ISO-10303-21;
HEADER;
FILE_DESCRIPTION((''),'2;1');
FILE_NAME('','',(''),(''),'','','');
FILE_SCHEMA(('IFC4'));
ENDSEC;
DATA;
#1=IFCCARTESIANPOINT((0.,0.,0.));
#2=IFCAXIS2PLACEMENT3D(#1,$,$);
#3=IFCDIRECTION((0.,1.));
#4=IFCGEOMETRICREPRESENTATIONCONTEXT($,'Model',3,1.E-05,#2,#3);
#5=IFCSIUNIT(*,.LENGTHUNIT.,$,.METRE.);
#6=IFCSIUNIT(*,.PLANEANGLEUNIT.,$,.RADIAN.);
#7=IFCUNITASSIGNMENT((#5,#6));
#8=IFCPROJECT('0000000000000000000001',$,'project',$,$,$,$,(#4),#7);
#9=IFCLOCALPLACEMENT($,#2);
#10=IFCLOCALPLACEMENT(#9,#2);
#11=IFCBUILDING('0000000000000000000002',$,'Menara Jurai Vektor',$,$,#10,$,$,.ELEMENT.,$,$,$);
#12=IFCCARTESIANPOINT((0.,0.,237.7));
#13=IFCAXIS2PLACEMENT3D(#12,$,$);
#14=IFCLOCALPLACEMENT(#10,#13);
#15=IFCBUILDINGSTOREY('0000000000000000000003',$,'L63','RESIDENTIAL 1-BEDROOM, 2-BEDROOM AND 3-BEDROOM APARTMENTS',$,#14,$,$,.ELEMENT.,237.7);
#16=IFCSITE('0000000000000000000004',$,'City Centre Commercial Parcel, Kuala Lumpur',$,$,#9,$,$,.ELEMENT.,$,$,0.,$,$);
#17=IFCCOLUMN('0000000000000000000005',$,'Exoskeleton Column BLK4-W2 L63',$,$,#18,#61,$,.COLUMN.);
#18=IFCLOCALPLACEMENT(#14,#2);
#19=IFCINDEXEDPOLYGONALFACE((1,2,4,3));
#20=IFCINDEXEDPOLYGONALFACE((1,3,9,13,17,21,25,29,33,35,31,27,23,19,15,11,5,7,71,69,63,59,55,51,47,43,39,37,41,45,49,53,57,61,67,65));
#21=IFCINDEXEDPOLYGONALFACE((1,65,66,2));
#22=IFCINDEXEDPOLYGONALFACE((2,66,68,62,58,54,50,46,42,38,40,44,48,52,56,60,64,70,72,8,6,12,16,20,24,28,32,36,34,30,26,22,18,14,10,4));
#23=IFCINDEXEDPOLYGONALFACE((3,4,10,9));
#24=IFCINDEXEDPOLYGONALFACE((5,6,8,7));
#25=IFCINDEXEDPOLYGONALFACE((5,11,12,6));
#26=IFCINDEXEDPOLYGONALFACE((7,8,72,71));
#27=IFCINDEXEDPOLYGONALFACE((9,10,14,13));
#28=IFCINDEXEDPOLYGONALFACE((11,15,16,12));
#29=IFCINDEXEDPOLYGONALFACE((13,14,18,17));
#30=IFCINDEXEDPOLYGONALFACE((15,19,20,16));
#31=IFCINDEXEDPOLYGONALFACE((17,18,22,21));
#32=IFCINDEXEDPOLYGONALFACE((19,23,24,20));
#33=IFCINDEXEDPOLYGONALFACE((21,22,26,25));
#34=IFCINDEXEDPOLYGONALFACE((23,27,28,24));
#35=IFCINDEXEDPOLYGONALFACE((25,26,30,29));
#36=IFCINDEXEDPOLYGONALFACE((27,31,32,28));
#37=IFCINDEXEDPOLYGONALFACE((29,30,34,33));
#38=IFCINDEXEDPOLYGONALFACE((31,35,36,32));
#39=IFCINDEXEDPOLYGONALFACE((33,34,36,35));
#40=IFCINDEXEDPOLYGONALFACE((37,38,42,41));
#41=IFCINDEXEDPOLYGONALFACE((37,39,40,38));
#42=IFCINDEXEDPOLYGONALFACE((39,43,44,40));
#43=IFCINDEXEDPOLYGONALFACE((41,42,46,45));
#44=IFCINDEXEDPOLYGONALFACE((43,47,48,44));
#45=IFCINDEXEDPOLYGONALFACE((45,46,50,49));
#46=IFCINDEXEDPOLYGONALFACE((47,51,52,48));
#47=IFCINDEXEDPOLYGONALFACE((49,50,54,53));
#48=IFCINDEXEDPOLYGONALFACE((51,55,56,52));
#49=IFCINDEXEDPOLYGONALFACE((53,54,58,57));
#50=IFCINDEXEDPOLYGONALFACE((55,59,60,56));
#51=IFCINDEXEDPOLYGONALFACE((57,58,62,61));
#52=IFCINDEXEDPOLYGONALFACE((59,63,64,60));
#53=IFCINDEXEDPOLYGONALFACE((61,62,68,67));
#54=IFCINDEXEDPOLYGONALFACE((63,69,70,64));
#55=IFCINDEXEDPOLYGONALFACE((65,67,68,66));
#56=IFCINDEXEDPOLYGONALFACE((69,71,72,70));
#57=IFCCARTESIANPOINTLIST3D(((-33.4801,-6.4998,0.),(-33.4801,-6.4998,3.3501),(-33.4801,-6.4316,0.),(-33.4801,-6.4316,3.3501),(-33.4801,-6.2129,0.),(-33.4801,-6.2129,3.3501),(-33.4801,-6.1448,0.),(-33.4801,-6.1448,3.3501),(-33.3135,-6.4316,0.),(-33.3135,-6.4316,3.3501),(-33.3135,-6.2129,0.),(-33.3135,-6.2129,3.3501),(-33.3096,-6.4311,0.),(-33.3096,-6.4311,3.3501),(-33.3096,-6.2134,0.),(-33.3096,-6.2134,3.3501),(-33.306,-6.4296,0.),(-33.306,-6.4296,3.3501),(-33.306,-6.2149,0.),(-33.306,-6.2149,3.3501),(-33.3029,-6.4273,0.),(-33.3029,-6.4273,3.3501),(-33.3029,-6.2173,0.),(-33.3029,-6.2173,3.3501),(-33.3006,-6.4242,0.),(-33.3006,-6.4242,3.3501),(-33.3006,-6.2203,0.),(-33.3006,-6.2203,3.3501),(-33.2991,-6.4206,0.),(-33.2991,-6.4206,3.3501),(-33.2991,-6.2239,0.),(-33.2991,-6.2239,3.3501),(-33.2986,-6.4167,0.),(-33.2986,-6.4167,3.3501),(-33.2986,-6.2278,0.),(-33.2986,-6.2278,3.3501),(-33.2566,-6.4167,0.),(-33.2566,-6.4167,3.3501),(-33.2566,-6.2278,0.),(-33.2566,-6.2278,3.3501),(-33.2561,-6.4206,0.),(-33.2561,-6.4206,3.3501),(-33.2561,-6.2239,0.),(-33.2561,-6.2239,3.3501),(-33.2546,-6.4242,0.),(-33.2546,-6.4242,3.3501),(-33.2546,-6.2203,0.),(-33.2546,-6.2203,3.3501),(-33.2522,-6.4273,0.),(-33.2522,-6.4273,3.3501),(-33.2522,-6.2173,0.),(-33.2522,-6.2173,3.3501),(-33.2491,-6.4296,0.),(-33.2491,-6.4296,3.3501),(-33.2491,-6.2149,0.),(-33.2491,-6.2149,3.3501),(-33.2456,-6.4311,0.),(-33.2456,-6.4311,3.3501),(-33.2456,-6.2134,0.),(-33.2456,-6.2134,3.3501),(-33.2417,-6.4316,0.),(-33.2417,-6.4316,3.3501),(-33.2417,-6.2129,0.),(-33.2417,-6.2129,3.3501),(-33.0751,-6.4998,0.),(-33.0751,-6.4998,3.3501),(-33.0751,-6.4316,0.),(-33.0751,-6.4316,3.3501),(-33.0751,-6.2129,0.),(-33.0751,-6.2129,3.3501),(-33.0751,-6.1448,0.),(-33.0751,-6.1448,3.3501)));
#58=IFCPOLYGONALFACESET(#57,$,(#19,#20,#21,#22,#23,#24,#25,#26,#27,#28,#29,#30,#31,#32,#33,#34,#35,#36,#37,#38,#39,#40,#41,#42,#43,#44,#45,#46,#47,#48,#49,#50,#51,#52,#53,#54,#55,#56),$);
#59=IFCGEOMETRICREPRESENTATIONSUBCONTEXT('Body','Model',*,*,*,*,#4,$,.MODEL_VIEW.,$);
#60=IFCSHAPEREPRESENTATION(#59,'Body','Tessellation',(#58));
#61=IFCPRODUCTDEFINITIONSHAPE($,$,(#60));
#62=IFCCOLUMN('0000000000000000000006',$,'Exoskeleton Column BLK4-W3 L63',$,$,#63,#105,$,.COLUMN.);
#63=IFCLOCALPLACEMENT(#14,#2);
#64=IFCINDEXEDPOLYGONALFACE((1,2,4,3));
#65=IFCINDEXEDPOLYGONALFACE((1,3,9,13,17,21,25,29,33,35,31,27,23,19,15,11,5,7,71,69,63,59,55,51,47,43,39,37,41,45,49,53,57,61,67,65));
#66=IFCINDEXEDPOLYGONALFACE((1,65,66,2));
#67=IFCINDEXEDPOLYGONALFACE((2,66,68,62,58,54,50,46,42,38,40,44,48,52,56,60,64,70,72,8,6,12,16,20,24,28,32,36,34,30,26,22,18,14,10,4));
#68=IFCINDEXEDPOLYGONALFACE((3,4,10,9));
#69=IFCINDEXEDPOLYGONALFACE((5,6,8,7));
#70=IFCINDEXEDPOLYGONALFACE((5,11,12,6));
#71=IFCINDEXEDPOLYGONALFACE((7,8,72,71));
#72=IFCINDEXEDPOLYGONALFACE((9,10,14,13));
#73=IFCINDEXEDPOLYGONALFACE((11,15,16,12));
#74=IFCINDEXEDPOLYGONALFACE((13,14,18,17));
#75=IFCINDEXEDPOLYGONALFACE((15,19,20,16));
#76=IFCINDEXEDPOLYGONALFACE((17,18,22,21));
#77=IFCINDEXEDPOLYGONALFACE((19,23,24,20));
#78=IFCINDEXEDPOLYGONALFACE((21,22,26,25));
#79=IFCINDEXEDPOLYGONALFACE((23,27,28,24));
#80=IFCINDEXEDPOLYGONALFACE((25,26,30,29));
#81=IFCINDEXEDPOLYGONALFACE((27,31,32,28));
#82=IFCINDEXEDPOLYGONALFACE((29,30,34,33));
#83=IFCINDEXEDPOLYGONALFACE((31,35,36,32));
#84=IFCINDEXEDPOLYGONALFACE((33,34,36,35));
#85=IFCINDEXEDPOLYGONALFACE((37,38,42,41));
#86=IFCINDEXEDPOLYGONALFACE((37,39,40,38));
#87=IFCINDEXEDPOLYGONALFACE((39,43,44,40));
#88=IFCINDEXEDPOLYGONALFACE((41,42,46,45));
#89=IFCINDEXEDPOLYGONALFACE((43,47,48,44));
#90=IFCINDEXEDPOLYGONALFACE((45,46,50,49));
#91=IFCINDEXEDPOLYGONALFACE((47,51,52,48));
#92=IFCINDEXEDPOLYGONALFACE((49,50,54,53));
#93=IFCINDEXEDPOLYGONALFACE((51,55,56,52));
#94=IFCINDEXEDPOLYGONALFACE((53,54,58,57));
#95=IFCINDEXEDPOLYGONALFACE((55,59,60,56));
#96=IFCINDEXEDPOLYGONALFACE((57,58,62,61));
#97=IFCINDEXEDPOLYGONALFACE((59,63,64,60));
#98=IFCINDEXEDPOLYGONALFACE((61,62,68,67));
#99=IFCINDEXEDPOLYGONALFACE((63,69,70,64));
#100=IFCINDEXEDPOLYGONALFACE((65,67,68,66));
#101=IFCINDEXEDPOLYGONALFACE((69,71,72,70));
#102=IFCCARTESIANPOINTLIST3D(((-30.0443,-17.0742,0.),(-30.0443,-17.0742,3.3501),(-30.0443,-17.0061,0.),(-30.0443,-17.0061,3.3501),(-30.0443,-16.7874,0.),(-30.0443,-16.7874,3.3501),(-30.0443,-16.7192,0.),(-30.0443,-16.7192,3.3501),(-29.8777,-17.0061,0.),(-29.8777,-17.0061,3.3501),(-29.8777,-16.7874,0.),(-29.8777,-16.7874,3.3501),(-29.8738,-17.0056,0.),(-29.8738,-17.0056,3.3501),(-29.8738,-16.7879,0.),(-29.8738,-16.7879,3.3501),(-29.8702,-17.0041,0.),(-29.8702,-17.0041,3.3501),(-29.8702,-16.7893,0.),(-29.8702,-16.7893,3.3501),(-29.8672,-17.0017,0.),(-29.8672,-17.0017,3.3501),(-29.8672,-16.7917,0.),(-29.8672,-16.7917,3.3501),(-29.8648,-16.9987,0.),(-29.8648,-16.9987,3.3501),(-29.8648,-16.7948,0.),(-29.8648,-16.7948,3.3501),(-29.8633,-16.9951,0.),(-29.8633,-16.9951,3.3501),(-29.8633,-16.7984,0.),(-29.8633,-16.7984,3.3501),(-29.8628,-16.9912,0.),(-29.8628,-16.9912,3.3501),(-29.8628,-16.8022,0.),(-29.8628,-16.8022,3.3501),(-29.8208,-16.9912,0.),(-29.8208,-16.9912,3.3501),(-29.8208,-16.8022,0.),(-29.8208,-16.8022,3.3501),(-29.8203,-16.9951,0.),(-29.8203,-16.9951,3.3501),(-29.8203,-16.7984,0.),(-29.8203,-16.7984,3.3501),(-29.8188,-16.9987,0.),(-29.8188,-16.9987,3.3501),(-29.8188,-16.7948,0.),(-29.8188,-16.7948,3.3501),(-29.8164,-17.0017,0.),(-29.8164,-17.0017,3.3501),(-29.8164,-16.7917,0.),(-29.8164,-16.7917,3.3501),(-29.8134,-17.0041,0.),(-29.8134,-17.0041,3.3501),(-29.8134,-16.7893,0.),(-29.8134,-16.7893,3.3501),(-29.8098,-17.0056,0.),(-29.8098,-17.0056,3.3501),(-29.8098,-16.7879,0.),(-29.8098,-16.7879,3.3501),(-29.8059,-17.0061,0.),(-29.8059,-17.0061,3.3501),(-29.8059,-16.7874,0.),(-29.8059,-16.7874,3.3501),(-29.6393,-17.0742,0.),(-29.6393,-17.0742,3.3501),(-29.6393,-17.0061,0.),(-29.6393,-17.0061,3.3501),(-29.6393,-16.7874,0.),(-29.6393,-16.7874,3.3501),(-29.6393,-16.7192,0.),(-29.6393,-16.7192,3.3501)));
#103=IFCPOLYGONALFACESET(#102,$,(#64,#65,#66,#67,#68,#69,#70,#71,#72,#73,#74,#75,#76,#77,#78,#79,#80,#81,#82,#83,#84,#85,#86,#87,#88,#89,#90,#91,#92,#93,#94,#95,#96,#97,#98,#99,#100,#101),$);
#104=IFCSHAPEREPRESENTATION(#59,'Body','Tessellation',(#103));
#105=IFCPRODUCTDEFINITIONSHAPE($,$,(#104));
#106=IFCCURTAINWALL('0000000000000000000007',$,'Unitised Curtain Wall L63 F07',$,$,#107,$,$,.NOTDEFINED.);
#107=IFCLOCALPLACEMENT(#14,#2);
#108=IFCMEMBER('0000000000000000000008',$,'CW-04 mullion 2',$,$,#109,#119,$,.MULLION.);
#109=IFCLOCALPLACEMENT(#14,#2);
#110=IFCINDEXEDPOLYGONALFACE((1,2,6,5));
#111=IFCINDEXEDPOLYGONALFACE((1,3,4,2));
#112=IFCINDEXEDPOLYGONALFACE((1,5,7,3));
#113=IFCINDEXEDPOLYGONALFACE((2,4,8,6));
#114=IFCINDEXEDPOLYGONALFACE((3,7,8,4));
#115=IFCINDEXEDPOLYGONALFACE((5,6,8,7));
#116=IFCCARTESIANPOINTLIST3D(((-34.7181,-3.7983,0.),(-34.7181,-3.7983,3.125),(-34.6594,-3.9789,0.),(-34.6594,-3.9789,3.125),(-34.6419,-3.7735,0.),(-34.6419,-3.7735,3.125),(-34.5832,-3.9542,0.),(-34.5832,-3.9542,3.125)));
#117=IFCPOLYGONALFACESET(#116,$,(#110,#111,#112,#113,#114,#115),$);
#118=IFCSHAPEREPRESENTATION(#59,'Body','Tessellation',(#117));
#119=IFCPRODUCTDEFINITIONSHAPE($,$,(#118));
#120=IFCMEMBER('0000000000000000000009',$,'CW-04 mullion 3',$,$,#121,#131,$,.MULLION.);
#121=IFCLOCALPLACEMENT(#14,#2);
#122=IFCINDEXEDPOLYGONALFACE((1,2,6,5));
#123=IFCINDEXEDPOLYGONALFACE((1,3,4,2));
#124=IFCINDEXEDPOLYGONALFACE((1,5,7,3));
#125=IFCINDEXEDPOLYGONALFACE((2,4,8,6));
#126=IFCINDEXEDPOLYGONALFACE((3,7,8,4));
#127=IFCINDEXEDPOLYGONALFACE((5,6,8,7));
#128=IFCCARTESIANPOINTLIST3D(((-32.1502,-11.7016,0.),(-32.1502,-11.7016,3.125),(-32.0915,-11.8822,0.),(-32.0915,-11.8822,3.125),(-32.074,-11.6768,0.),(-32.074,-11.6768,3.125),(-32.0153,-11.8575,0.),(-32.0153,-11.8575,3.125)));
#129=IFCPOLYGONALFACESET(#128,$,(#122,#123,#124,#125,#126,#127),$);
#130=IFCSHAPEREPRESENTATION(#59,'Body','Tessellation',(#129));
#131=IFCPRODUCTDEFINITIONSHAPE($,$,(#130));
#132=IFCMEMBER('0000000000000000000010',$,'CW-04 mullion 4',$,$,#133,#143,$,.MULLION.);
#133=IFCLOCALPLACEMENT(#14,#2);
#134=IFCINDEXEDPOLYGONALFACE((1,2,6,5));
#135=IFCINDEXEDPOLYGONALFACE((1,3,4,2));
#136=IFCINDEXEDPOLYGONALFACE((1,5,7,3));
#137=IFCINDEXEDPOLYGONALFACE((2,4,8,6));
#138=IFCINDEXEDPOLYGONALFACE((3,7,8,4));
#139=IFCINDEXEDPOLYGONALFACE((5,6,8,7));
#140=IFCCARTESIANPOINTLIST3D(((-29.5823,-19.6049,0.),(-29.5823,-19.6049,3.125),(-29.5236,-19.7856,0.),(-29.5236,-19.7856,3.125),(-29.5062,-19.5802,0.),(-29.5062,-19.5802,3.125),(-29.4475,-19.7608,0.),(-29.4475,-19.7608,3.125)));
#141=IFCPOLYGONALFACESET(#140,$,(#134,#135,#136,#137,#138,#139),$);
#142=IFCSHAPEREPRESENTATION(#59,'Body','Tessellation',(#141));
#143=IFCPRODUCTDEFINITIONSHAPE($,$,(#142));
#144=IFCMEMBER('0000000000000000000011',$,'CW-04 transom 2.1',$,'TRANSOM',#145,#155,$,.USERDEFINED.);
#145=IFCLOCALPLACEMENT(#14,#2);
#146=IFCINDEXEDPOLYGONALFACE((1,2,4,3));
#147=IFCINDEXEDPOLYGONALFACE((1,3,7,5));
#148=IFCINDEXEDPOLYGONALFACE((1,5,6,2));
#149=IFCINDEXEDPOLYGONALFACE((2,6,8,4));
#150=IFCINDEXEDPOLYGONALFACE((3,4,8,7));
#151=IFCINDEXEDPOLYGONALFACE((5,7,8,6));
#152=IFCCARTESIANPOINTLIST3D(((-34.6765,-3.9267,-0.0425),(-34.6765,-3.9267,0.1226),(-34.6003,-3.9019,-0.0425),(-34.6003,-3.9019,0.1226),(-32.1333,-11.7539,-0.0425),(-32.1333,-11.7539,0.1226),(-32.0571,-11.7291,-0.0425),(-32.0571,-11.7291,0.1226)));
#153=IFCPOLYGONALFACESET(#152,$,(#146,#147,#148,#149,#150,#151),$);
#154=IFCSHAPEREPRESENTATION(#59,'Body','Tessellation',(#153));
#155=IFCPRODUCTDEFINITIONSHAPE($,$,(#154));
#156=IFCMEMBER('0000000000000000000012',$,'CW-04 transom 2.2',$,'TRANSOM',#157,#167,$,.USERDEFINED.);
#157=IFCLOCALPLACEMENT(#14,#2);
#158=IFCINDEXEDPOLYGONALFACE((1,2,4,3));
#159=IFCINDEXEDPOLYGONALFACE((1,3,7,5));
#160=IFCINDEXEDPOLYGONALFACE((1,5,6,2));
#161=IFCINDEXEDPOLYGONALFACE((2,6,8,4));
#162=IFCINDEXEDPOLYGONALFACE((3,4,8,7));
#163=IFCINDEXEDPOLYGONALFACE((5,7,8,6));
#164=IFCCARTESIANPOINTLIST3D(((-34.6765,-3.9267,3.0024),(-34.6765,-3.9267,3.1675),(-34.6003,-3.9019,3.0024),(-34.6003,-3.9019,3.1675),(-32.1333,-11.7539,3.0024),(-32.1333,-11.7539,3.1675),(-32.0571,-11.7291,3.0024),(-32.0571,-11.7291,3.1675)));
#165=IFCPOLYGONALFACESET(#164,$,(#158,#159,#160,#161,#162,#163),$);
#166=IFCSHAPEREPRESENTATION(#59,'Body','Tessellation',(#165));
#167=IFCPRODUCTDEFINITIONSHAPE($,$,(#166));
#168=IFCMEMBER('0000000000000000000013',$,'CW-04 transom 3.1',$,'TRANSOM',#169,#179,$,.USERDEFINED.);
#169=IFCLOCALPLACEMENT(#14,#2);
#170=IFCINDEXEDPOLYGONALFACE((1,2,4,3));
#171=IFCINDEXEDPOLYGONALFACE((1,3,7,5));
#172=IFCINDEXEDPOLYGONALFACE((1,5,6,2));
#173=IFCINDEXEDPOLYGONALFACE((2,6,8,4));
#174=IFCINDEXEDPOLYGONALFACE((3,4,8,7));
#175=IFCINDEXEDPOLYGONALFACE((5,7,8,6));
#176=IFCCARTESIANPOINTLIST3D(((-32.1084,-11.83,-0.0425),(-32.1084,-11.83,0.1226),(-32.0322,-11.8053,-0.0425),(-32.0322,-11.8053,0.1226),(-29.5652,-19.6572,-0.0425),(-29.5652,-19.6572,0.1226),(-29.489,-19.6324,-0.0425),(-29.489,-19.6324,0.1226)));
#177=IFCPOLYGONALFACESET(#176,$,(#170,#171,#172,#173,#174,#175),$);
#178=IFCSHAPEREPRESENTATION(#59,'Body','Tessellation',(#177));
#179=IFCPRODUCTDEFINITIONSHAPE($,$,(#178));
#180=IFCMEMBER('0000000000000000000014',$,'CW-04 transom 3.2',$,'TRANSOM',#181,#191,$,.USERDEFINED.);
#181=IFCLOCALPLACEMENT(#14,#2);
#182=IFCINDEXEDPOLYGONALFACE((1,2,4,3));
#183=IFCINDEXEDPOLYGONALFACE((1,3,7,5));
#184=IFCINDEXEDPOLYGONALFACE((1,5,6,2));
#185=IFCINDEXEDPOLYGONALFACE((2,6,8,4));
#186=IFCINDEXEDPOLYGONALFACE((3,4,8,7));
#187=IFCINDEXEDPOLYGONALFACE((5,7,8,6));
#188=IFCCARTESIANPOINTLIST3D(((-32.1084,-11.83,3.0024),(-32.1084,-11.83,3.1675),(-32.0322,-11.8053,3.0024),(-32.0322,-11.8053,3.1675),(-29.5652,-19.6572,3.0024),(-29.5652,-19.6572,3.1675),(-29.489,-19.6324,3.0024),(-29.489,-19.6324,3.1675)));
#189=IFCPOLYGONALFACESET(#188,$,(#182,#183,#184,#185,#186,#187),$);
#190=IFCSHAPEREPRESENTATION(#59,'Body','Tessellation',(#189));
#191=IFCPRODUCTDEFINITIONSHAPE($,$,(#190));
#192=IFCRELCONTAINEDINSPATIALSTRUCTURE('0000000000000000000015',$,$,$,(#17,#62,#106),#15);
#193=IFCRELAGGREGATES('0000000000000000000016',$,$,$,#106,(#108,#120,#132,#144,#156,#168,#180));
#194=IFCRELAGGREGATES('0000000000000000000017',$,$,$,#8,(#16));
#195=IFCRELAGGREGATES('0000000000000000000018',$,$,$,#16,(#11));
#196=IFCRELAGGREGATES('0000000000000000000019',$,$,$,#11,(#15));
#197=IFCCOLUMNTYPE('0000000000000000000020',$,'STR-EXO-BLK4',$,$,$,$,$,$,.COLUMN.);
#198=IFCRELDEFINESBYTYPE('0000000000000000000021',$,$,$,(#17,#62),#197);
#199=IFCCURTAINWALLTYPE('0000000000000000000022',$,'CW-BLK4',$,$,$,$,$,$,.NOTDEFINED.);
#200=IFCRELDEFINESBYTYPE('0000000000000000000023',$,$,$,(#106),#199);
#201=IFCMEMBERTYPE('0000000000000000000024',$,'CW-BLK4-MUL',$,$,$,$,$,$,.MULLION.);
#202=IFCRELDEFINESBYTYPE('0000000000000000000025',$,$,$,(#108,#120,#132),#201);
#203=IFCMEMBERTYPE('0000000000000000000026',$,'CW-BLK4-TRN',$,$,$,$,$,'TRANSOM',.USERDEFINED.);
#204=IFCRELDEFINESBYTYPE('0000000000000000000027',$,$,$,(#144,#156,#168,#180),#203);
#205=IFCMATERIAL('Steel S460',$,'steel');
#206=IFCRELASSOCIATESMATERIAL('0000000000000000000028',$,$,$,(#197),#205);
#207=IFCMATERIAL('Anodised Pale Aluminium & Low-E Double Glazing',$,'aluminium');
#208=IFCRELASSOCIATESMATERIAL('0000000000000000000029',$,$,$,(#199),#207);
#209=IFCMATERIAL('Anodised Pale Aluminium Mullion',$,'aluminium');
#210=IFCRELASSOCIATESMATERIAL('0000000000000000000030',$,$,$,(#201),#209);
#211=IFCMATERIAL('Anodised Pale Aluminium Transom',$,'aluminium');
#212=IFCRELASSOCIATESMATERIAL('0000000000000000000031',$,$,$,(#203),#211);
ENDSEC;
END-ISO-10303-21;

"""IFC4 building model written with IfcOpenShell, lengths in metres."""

from ifc_helpers import new_model, si_unit, direction, frame, origin, origin_2d, place, context, subcontext, project, spatial, rectangle, i_section, extrude, material, material_profile, profile_set, type_object, element, aggregate, save


model = new_model("IFC4")

# Units and contexts
model_context = context("Model", 3, precision=1e-05, world=origin(), true_north=direction((0.0, 1.0)))
body_context = subcontext(model_context, "Body", "Model", "MODEL_VIEW")
ifc_project = project(units=[si_unit("LENGTHUNIT", "METRE"), si_unit("PLANEANGLEUNIT", "RADIAN")], contexts=[model_context])

# Site, building, storey
site_placement = place(None, origin())
site = spatial("IfcSite", under=ifc_project, at=site_placement, Name="City Centre Commercial Parcel, Kuala Lumpur", CompositionType="ELEMENT", RefElevation=0.0)
building_placement = place(site_placement, origin())
building = spatial("IfcBuilding", under=site, at=building_placement, Name="Menara Jurai Vektor", CompositionType="ELEMENT")
storey_placement = place(building_placement, frame((0.0, 0.0, 237.7)))
storey = spatial("IfcBuildingStorey", under=building, at=storey_placement, Name="L63", Description="RESIDENTIAL 1-BEDROOM, 2-BEDROOM AND 3-BEDROOM APARTMENTS", CompositionType="ELEMENT", Elevation=237.7)

# Columns
ifc_material_1 = material(Name="Steel S460", Category="steel")
ifc_material_profile_1 = material_profile(ifc_material_1, i_section(OverallWidth=0.405, OverallDepth=0.355, WebThickness=0.042, FlangeThickness=0.0681, FilletRadius=0.0149, at=origin_2d()), Name="HD 400x551")
ifc_profile_set_1 = profile_set([ifc_material_profile_1], Name="Steel S460")
column_type = type_object("IfcColumnType", Name="STR-EXO-BLK4", PredefinedType="COLUMN", material=ifc_profile_set_1)
for number, where, z_axis, x_axis, name in (
    (1, (-33.2776, -6.3223, 0.0), (0.0, 0.0, 1.0), (1.0, 0.0, 0.0), "Exoskeleton Column BLK4-W2 L63"),
    (2, (-29.8418, -16.8967, 0.0), (0.0, 0.0, 1.0), (1.0, 0.0, 0.0), "Exoskeleton Column BLK4-W3 L63"),
):
    element("IfcColumn", number, at=place(storey_placement, frame(where, z_axis=z_axis, x_axis=x_axis)), inside=storey, type_object=column_type, Name=name, PredefinedType="COLUMN", context=body_context, shape_type="SweptSolid", body=[
        extrude(i_section(OverallWidth=0.405, OverallDepth=0.355, WebThickness=0.042, FlangeThickness=0.0681, FilletRadius=0.0149, at=origin_2d()), origin(), (0.0, 0.0, 1.0), 3.3501),
    ])

# Curtain wall, members
ifc_material_2 = material(Name="Anodised Pale Aluminium & Low-E Double Glazing", Category="aluminium")
curtain_wall_type = type_object("IfcCurtainWallType", Name="CW-BLK4", PredefinedType="NOTDEFINED", material=ifc_material_2)
curtain_wall_placement = place(storey_placement, origin())
curtain_wall = element("IfcCurtainWall", 3, at=curtain_wall_placement, inside=storey, type_object=curtain_wall_type, Name="Unitised Curtain Wall L63 F07", PredefinedType="NOTDEFINED")
ifc_material_3 = material(Name="Anodised Pale Aluminium Mullion", Category="aluminium")
ifc_material_profile_2 = material_profile(ifc_material_3, rectangle(XDim=0.0801, YDim=0.1899, at=origin_2d()), Name="ALU MUL 80x190")
ifc_profile_set_2 = profile_set([ifc_material_profile_2], Name="Anodised Pale Aluminium Mullion")
member_type_1 = type_object("IfcMemberType", Name="CW-BLK4-MUL", PredefinedType="MULLION", material=ifc_profile_set_2)
member_1_placement = place(storey_placement, frame((-34.6506, -3.8762, 0.0), z_axis=(0.0, 0.0, 1.0), x_axis=(0.951057, 0.309016, 0.0)))
member_1 = element("IfcMember", 4, at=member_1_placement, type_object=member_type_1, Name="CW-04 mullion 2", PredefinedType="MULLION", context=body_context, shape_type="SweptSolid", body=[
    extrude(rectangle(XDim=0.0801, YDim=0.1899, at=origin_2d()), origin(), (0.0, 0.0, 1.0), 3.125),
])
member_2_placement = place(storey_placement, frame((-32.0828, -11.7795, 0.0), z_axis=(0.0, 0.0, 1.0), x_axis=(0.951057, 0.309016, 0.0)))
member_2 = element("IfcMember", 5, at=member_2_placement, type_object=member_type_1, Name="CW-04 mullion 3", PredefinedType="MULLION", context=body_context, shape_type="SweptSolid", body=[
    extrude(rectangle(XDim=0.0801, YDim=0.1899, at=origin_2d()), origin(), (0.0, 0.0, 1.0), 3.125),
])
member_3_placement = place(storey_placement, frame((-29.5149, -19.6829, 0.0), z_axis=(0.0, 0.0, 1.0), x_axis=(0.951057, 0.309016, 0.0)))
member_3 = element("IfcMember", 6, at=member_3_placement, type_object=member_type_1, Name="CW-04 mullion 4", PredefinedType="MULLION", context=body_context, shape_type="SweptSolid", body=[
    extrude(rectangle(XDim=0.0801, YDim=0.1899, at=origin_2d()), origin(), (0.0, 0.0, 1.0), 3.125),
])
ifc_material_4 = material(Name="Anodised Pale Aluminium Transom", Category="aluminium")
ifc_material_profile_3 = material_profile(ifc_material_4, rectangle(XDim=0.0801, YDim=0.165, at=origin_2d()), Name="ALU TRN 80x165")
ifc_profile_set_3 = profile_set([ifc_material_profile_3], Name="Anodised Pale Aluminium Transom")
member_type_2 = type_object("IfcMemberType", Name="CW-BLK4-TRN", ElementType="TRANSOM", PredefinedType="USERDEFINED", material=ifc_profile_set_3)
member_4_placement = place(storey_placement, frame((-34.6384, -3.9143, 0.04), z_axis=(0.309019, -0.951056, 0.0), x_axis=(0.951056, 0.309019, 0.0)))
member_4 = element("IfcMember", 7, at=member_4_placement, type_object=member_type_2, Name="CW-04 transom 2.1", ObjectType="TRANSOM", PredefinedType="USERDEFINED", context=body_context, shape_type="SweptSolid", body=[
    extrude(rectangle(XDim=0.0801, YDim=0.165, at=origin_2d()), origin(), (0.0, 0.0, 1.0), 8.23),
])
member_5_placement = place(storey_placement, frame((-34.6384, -3.9143, 3.085), z_axis=(0.309019, -0.951056, 0.0), x_axis=(0.951056, 0.309019, 0.0)))
member_5 = element("IfcMember", 8, at=member_5_placement, type_object=member_type_2, Name="CW-04 transom 2.2", ObjectType="TRANSOM", PredefinedType="USERDEFINED", context=body_context, shape_type="SweptSolid", body=[
    extrude(rectangle(XDim=0.0801, YDim=0.165, at=origin_2d()), origin(), (0.0, 0.0, 1.0), 8.23),
])
member_6_placement = place(storey_placement, frame((-32.0703, -11.8176, 0.04), z_axis=(0.309019, -0.951056, 0.0), x_axis=(0.951056, 0.309019, 0.0)))
member_6 = element("IfcMember", 9, at=member_6_placement, type_object=member_type_2, Name="CW-04 transom 3.1", ObjectType="TRANSOM", PredefinedType="USERDEFINED", context=body_context, shape_type="SweptSolid", body=[
    extrude(rectangle(XDim=0.0801, YDim=0.165, at=origin_2d()), origin(), (0.0, 0.0, 1.0), 8.23),
])
member_7_placement = place(storey_placement, frame((-32.0703, -11.8176, 3.085), z_axis=(0.309019, -0.951056, 0.0), x_axis=(0.951056, 0.309019, 0.0)))
member_7 = element("IfcMember", 10, at=member_7_placement, type_object=member_type_2, Name="CW-04 transom 3.2", ObjectType="TRANSOM", PredefinedType="USERDEFINED", context=body_context, shape_type="SweptSolid", body=[
    extrude(rectangle(XDim=0.0801, YDim=0.165, at=origin_2d()), origin(), (0.0, 0.0, 1.0), 8.23),
])

aggregate(curtain_wall, [member_1, member_2, member_3, member_4, member_5, member_6, member_7])

save(model, "model.ifc")
